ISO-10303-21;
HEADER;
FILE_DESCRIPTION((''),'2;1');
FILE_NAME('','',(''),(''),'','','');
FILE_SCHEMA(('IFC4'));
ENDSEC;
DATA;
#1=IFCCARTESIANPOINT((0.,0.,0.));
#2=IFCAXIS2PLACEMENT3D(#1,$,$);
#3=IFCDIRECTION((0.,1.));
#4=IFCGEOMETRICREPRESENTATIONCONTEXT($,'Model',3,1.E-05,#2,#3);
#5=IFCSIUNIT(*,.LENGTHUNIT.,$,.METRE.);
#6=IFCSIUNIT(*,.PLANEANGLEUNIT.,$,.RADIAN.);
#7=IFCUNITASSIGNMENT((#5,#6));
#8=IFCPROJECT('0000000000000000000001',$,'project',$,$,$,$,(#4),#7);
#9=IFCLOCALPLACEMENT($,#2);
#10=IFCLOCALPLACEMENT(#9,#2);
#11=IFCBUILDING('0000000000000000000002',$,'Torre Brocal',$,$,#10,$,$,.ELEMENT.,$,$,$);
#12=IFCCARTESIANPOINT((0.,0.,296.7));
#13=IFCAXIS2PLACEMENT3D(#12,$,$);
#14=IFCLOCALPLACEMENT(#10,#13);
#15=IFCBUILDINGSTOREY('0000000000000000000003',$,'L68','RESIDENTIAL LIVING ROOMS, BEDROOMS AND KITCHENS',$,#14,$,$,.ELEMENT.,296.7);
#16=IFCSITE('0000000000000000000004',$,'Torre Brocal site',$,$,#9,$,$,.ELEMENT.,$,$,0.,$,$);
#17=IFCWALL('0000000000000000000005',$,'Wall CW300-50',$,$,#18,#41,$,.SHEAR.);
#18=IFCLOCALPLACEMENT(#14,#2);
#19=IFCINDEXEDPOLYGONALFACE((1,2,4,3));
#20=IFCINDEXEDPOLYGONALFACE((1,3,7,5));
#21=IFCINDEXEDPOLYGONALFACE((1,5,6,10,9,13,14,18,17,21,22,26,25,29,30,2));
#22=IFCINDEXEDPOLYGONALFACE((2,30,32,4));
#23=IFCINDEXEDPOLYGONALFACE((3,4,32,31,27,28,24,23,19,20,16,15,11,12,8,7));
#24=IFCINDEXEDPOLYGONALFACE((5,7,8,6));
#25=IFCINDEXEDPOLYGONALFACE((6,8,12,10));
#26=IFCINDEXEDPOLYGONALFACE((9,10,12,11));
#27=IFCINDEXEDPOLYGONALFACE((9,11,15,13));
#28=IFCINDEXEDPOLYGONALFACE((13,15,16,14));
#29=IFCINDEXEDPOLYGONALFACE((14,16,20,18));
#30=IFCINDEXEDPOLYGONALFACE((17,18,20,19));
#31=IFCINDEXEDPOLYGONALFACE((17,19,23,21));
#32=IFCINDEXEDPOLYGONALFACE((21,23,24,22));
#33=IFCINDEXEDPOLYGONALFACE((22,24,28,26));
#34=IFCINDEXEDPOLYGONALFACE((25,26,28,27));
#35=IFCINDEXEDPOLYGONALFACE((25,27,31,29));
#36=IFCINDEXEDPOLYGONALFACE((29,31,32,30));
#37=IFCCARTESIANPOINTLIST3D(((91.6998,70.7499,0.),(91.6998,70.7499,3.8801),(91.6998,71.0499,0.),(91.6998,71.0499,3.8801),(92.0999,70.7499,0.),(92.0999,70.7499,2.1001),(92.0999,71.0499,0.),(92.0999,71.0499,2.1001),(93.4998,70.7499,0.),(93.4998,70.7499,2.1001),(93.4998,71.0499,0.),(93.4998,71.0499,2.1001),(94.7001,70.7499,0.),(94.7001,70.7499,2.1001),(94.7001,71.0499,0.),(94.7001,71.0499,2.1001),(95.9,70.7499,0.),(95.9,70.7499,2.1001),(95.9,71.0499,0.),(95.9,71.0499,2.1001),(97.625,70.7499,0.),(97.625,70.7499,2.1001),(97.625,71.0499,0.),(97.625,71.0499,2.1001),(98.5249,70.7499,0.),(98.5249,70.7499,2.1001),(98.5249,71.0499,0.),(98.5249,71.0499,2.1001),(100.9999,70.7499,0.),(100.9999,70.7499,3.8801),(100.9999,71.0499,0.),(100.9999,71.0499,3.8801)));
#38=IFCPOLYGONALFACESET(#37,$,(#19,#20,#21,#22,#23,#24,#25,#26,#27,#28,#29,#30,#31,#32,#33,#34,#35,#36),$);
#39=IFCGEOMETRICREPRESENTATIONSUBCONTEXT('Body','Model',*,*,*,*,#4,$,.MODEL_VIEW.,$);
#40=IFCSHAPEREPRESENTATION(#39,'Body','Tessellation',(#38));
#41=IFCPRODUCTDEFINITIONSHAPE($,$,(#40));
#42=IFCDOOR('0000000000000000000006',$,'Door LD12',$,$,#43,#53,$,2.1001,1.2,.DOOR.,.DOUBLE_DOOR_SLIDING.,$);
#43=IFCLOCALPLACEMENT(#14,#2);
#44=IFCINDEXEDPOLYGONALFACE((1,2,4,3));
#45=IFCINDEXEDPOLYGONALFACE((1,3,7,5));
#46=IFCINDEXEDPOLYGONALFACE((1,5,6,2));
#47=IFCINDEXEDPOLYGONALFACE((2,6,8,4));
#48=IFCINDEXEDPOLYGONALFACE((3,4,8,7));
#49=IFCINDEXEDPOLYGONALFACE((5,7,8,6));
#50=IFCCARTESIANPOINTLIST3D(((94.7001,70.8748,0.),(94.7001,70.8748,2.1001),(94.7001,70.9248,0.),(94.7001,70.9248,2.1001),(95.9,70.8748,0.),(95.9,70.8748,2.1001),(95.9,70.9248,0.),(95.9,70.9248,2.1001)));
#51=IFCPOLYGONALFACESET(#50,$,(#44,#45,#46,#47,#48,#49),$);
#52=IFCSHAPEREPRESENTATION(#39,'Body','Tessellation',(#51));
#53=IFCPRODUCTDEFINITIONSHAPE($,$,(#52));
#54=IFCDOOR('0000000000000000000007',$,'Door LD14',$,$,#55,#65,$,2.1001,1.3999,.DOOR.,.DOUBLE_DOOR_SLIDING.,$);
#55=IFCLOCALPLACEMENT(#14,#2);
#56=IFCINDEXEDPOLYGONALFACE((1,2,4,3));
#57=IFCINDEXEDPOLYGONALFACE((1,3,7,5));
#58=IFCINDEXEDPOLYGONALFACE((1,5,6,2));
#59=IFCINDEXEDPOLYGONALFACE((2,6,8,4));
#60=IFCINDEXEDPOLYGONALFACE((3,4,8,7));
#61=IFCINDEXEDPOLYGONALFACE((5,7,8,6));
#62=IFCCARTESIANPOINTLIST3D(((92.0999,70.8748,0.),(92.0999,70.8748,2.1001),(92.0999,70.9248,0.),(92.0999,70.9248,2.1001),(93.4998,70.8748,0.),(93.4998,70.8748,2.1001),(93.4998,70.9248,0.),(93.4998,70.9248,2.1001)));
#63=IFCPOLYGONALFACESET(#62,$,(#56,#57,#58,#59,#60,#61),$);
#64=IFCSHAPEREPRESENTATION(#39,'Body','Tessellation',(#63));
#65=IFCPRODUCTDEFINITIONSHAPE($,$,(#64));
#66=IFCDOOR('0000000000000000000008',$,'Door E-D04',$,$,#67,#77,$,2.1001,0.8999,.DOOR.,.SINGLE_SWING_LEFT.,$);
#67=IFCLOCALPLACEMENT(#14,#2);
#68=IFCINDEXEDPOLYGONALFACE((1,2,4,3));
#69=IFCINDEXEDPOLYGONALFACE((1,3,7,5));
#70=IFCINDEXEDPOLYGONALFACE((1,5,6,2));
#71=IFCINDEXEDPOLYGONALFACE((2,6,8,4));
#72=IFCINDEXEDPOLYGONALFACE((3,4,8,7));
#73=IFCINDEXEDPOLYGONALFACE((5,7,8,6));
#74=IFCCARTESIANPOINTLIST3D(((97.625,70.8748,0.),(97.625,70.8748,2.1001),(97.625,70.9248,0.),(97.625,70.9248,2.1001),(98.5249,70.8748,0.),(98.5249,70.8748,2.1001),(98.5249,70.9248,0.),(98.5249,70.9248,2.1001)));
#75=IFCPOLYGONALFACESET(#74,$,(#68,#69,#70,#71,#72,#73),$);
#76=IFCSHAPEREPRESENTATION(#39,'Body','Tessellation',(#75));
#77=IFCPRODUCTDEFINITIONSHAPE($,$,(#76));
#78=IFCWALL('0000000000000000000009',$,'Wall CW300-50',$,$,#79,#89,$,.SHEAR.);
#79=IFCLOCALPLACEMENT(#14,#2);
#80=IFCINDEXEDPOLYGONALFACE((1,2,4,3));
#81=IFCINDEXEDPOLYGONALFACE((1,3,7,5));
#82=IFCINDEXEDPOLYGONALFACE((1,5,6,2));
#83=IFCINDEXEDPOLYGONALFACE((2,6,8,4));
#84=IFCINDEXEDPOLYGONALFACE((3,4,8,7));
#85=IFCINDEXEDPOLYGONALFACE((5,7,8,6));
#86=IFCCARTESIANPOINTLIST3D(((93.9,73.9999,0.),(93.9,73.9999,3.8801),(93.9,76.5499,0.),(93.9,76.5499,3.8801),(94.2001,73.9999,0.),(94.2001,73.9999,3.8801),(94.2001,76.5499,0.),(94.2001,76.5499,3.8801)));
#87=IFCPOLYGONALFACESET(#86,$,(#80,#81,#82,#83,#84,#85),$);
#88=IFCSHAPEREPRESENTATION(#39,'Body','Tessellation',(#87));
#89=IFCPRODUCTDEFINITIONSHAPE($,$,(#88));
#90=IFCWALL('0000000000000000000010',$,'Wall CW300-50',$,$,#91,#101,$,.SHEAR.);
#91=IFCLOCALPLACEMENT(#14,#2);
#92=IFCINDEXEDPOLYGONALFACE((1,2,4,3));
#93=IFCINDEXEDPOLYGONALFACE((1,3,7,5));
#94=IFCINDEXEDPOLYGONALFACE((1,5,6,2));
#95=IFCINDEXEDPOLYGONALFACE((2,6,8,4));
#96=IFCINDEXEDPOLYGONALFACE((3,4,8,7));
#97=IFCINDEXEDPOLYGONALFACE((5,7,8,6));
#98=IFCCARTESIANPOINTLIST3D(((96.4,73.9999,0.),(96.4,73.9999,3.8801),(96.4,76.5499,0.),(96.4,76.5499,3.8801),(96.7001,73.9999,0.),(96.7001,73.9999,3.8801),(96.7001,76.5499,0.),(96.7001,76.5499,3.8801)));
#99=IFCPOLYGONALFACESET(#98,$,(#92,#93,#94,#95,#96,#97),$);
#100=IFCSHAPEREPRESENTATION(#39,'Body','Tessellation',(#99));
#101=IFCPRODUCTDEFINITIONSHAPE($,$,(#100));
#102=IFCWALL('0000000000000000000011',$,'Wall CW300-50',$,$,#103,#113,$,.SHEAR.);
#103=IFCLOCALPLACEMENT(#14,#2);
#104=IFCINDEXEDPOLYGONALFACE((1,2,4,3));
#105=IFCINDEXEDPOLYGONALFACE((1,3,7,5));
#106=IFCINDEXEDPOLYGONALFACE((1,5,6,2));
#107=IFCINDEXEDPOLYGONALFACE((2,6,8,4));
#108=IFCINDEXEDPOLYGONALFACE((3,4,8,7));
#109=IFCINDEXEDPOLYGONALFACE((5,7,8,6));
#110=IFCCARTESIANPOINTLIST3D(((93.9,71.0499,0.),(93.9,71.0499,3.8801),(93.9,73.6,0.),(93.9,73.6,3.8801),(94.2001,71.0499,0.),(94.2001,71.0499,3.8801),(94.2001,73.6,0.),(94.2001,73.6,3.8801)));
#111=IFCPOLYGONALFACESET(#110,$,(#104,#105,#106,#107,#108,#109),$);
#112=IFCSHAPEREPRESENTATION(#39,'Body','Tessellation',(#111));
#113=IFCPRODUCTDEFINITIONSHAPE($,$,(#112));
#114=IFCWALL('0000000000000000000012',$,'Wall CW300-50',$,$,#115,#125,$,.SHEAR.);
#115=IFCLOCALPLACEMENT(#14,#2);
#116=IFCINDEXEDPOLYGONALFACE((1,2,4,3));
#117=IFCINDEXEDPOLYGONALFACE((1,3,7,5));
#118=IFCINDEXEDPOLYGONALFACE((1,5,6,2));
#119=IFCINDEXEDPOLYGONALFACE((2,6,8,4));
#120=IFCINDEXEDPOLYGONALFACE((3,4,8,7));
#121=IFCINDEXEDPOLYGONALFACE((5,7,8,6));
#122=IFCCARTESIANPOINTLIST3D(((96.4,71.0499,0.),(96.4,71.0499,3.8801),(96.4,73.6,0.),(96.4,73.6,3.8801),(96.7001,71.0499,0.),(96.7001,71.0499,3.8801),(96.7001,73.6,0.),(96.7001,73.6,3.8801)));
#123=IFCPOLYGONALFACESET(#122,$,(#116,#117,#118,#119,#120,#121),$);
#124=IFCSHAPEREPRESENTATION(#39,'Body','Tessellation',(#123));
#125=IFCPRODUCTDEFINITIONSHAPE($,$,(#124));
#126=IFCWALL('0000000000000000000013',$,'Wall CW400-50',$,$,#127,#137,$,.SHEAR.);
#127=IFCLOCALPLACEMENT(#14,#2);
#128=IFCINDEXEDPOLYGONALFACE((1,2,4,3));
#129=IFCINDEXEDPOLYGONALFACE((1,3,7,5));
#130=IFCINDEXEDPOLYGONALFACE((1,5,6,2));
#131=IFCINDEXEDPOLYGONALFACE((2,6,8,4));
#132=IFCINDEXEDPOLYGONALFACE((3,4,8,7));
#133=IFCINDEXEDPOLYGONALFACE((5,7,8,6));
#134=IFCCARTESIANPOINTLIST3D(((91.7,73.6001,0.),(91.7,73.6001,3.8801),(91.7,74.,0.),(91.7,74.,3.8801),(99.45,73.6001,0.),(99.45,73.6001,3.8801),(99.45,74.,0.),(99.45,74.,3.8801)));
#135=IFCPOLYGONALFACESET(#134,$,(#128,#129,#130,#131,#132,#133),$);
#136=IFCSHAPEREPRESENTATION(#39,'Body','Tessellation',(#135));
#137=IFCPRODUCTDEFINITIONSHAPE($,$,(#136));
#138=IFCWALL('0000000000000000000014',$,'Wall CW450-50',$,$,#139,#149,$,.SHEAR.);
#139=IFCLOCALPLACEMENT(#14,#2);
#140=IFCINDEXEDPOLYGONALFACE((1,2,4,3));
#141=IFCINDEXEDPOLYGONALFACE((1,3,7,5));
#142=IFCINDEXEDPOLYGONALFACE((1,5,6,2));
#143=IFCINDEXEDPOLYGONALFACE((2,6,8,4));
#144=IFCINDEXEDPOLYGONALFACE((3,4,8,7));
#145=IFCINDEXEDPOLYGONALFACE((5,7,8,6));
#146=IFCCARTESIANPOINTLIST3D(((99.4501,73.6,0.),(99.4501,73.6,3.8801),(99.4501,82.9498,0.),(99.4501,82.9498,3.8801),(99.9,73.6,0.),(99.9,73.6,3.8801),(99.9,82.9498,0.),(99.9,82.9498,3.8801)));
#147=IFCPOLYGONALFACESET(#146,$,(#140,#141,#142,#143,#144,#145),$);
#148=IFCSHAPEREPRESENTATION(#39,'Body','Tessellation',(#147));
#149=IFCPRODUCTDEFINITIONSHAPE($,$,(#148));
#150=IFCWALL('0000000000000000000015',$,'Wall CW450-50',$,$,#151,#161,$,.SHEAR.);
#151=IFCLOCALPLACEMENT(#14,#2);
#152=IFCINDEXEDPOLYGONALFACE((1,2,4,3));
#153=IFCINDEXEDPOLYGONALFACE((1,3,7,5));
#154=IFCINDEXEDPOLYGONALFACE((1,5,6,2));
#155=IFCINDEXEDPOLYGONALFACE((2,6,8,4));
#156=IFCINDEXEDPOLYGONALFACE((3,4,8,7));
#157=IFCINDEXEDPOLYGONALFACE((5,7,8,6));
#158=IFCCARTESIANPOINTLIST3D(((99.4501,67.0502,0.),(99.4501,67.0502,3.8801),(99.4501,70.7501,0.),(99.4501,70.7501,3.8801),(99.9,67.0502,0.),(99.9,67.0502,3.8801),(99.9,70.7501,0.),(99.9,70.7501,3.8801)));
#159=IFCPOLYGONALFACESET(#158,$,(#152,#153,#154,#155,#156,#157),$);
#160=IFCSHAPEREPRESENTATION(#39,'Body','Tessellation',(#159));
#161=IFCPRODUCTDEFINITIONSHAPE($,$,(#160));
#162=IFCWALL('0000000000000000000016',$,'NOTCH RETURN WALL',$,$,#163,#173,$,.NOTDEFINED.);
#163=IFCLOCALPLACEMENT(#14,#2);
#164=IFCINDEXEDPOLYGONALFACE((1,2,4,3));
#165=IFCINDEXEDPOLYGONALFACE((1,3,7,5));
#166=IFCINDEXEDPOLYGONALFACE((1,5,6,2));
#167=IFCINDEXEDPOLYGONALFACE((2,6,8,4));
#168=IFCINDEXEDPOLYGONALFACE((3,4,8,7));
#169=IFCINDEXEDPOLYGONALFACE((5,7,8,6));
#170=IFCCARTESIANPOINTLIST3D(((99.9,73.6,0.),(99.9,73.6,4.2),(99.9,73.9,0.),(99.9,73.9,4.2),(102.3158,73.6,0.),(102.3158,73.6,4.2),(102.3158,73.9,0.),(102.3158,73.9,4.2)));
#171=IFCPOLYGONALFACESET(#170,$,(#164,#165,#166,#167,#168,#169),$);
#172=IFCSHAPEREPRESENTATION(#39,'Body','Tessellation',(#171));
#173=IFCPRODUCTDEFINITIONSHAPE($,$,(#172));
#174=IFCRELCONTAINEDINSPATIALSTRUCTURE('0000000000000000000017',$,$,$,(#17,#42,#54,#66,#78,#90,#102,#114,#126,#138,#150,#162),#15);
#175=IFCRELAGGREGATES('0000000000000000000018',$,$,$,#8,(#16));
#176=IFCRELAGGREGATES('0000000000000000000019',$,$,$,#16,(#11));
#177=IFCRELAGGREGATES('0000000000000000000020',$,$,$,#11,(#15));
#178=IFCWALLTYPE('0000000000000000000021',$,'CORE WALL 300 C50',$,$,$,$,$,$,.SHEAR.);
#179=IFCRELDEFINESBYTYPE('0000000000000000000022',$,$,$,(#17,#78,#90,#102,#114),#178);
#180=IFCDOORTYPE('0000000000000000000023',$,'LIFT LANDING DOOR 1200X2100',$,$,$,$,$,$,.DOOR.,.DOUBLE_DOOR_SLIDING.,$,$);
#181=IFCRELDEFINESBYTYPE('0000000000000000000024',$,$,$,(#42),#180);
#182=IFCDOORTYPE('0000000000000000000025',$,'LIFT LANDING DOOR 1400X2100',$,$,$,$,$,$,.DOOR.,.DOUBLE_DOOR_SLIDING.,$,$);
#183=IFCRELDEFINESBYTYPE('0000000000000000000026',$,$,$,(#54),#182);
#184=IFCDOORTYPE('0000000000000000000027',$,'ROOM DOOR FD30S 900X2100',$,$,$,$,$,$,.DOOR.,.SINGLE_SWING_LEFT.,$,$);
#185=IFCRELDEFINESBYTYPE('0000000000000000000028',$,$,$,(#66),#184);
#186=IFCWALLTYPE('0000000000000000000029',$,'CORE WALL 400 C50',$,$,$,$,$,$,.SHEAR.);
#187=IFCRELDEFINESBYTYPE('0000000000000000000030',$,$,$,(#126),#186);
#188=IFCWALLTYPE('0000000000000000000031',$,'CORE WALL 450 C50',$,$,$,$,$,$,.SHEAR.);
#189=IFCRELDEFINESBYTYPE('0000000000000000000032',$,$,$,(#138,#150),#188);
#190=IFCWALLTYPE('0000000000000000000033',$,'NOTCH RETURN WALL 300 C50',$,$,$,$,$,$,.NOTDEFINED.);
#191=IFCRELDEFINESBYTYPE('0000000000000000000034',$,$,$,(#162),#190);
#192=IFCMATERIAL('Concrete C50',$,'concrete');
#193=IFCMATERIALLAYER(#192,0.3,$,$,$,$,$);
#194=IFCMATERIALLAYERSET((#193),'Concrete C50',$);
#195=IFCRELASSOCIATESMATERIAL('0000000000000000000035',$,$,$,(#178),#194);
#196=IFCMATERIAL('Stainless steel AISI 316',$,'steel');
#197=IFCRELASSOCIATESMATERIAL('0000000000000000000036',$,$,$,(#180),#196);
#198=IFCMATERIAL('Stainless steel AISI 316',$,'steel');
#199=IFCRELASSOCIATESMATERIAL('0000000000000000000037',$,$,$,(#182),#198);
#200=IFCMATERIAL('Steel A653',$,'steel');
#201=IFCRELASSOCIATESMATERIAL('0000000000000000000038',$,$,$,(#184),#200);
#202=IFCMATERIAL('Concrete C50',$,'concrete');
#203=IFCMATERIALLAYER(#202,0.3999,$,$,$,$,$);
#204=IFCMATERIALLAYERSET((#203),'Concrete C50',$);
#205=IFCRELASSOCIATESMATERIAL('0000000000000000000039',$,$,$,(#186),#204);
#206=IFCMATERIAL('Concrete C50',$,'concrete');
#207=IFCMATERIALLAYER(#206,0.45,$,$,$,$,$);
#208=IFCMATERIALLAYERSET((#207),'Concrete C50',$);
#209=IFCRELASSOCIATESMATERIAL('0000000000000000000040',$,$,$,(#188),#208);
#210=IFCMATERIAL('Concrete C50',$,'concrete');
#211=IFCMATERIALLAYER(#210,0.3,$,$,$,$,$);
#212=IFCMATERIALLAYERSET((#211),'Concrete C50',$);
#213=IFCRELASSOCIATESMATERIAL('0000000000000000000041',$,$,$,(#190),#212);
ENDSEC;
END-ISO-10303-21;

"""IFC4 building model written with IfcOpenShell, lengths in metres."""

from ifc_helpers import new_model, si_unit, direction, frame, frame_2d, origin, place, context, subcontext, project, spatial, rectangle, extrude, material, layer, layer_set, type_object, element, fill, save


model = new_model("IFC4")

# Units and contexts
model_context = context("Model", 3, precision=1e-05, world=origin(), true_north=direction((0.0, 1.0)))
body_context = subcontext(model_context, "Body", "Model", "MODEL_VIEW")
ifc_project = project(units=[si_unit("LENGTHUNIT", "METRE"), si_unit("PLANEANGLEUNIT", "RADIAN")], contexts=[model_context])

# Site, building, storey
site_placement = place(None, origin())
site = spatial("IfcSite", under=ifc_project, at=site_placement, Name="Torre Brocal site", CompositionType="ELEMENT", RefElevation=0.0)
building_placement = place(site_placement, origin())
building = spatial("IfcBuilding", under=site, at=building_placement, Name="Torre Brocal", CompositionType="ELEMENT")
storey_placement = place(building_placement, frame((0.0, 0.0, 296.7)))
storey = spatial("IfcBuildingStorey", under=building, at=storey_placement, Name="L68", Description="RESIDENTIAL LIVING ROOMS, BEDROOMS AND KITCHENS", CompositionType="ELEMENT", Elevation=296.7)

# Shared definitions
ifc_material_1 = material(Name="Concrete C50", Category="concrete")
ifc_layer_1 = layer(ifc_material_1, 0.3)
ifc_layer_set_1 = layer_set([ifc_layer_1], Name="Concrete C50")
wall_type_1 = type_object("IfcWallType", Name="CORE WALL 300 C50", PredefinedType="SHEAR", material=ifc_layer_set_1)

# Wall, openings, doors
wall_1_placement = place(storey_placement, frame((91.7, 70.8999, 0.0), z_axis=(0.0, 0.0, 1.0), x_axis=(1.0, 0.0, 0.0)))
wall_1 = element("IfcWall", 1, at=wall_1_placement, inside=storey, type_object=wall_type_1, Name="Wall CW300-50", PredefinedType="SHEAR", context=body_context, shape_type="SweptSolid", body=[
    extrude(rectangle(XDim=9.3, YDim=0.3, at=frame_2d((4.6499, 0.0))), origin(), (0.0, 0.0, 1.0), 3.8801),
])
opening_1_placement = place(wall_1_placement, frame((0.3999, 0.0, 0.0)))
opening_1 = element("IfcOpeningElement", 2, at=opening_1_placement, cuts=wall_1, PredefinedType="OPENING", context=body_context, shape_type="SweptSolid", body=[
    extrude(rectangle(XDim=1.3999, YDim=2.1001, at=frame_2d((0.7, 1.05))), frame((0.0, 0.1599, 0.0), z_axis=(0.0, -1.0, 0.0), x_axis=(1.0, 0.0, 0.0)), (0.0, 0.0, 1.0), 0.3201),
])
opening_2_placement = place(wall_1_placement, frame((3.0, 0.0, 0.0)))
opening_2 = element("IfcOpeningElement", 3, at=opening_2_placement, cuts=wall_1, PredefinedType="OPENING", context=body_context, shape_type="SweptSolid", body=[
    extrude(rectangle(XDim=1.2, YDim=2.1001, at=frame_2d((0.6001, 1.05))), frame((0.0, 0.1599, 0.0), z_axis=(0.0, -1.0, 0.0), x_axis=(1.0, 0.0, 0.0)), (0.0, 0.0, 1.0), 0.3201),
])
opening_3_placement = place(wall_1_placement, frame((5.925, 0.0, 0.0)))
opening_3 = element("IfcOpeningElement", 4, at=opening_3_placement, cuts=wall_1, PredefinedType="OPENING", context=body_context, shape_type="SweptSolid", body=[
    extrude(rectangle(XDim=0.8999, YDim=2.1001, at=frame_2d((0.45, 1.05))), frame((0.0, 0.1599, 0.0), z_axis=(0.0, -1.0, 0.0), x_axis=(1.0, 0.0, 0.0)), (0.0, 0.0, 1.0), 0.3201),
])
ifc_material_2 = material(Name="Stainless steel AISI 316", Category="steel")
door_type_1 = type_object("IfcDoorType", Name="LIFT LANDING DOOR 1200X2100", OperationType="DOUBLE_DOOR_SLIDING", PredefinedType="DOOR", material=ifc_material_2)
door_1_placement = place(opening_2_placement, origin())
door_1 = element("IfcDoor", 5, at=door_1_placement, inside=storey, type_object=door_type_1, Name="Door LD12", OperationType="DOUBLE_DOOR_SLIDING", OverallHeight=2.1001, OverallWidth=1.2, PredefinedType="DOOR", context=body_context, shape_type="SweptSolid", body=[
    extrude(rectangle(XDim=1.2, YDim=2.1001, at=frame_2d((0.6001, 1.05))), frame((0.0, 0.0249, 0.0), z_axis=(0.0, -1.0, 0.0), x_axis=(1.0, 0.0, 0.0)), (0.0, 0.0, 1.0), 0.05),
])
fill(opening_2, door_1)
ifc_material_3 = material(Name="Stainless steel AISI 316", Category="steel")
door_type_2 = type_object("IfcDoorType", Name="LIFT LANDING DOOR 1400X2100", OperationType="DOUBLE_DOOR_SLIDING", PredefinedType="DOOR", material=ifc_material_3)
door_2_placement = place(opening_1_placement, origin())
door_2 = element("IfcDoor", 6, at=door_2_placement, inside=storey, type_object=door_type_2, Name="Door LD14", OperationType="DOUBLE_DOOR_SLIDING", OverallHeight=2.1001, OverallWidth=1.3999, PredefinedType="DOOR", context=body_context, shape_type="SweptSolid", body=[
    extrude(rectangle(XDim=1.3999, YDim=2.1001, at=frame_2d((0.7, 1.05))), frame((0.0, 0.0249, 0.0), z_axis=(0.0, -1.0, 0.0), x_axis=(1.0, 0.0, 0.0)), (0.0, 0.0, 1.0), 0.05),
])
fill(opening_1, door_2)
ifc_material_4 = material(Name="Steel A653", Category="steel")
door_type_3 = type_object("IfcDoorType", Name="ROOM DOOR FD30S 900X2100", OperationType="SINGLE_SWING_LEFT", PredefinedType="DOOR", material=ifc_material_4)
door_3_placement = place(opening_3_placement, origin())
door_3 = element("IfcDoor", 7, at=door_3_placement, inside=storey, type_object=door_type_3, Name="Door E-D04", OperationType="SINGLE_SWING_LEFT", OverallHeight=2.1001, OverallWidth=0.8999, PredefinedType="DOOR", context=body_context, shape_type="SweptSolid", body=[
    extrude(rectangle(XDim=0.8999, YDim=2.1001, at=frame_2d((0.45, 1.05))), frame((0.0, 0.0249, 0.0), z_axis=(0.0, -1.0, 0.0), x_axis=(1.0, 0.0, 0.0)), (0.0, 0.0, 1.0), 0.05),
])
fill(opening_3, door_3)

# Walls
for number, where, z_axis, x_axis, name in (
    (8, (94.05, 74.0, 0.0), (0.0, 0.0, 1.0), (0.0, 1.0, 0.0), "Wall CW300-50"),
    (9, (96.55, 74.0, 0.0), (0.0, 0.0, 1.0), (0.0, 1.0, 0.0), "Wall CW300-50"),
    (10, (94.05, 71.05, 0.0), (0.0, 0.0, 1.0), (0.0, 1.0, 0.0), "Wall CW300-50"),
    (11, (96.55, 71.05, 0.0), (0.0, 0.0, 1.0), (0.0, 1.0, 0.0), "Wall CW300-50"),
):
    element("IfcWall", number, at=place(storey_placement, frame(where, z_axis=z_axis, x_axis=x_axis)), inside=storey, type_object=wall_type_1, Name=name, PredefinedType="SHEAR", context=body_context, shape_type="SweptSolid", body=[
        extrude(rectangle(XDim=2.55, YDim=0.3, at=frame_2d((1.2749, 0.0))), origin(), (0.0, 0.0, 1.0), 3.8801),
    ])
ifc_material_5 = material(Name="Concrete C50", Category="concrete")
ifc_layer_2 = layer(ifc_material_5, 0.3999)
ifc_layer_set_2 = layer_set([ifc_layer_2], Name="Concrete C50")
wall_type_2 = type_object("IfcWallType", Name="CORE WALL 400 C50", PredefinedType="SHEAR", material=ifc_layer_set_2)
wall_2_placement = place(storey_placement, frame((91.7, 73.8, 0.0), z_axis=(0.0, 0.0, 1.0), x_axis=(1.0, 0.0, 0.0)))
element("IfcWall", 12, at=wall_2_placement, inside=storey, type_object=wall_type_2, Name="Wall CW400-50", PredefinedType="SHEAR", context=body_context, shape_type="SweptSolid", body=[
    extrude(rectangle(XDim=7.75, YDim=0.3999, at=frame_2d((3.875, 0.0))), origin(), (0.0, 0.0, 1.0), 3.8801),
])
ifc_material_6 = material(Name="Concrete C50", Category="concrete")
ifc_layer_3 = layer(ifc_material_6, 0.45)
ifc_layer_set_3 = layer_set([ifc_layer_3], Name="Concrete C50")
wall_type_3 = type_object("IfcWallType", Name="CORE WALL 450 C50", PredefinedType="SHEAR", material=ifc_layer_set_3)
wall_3_placement = place(storey_placement, frame((99.675, 73.6001, 0.0), z_axis=(0.0, 0.0, 1.0), x_axis=(0.0, 1.0, 0.0)))
element("IfcWall", 13, at=wall_3_placement, inside=storey, type_object=wall_type_3, Name="Wall CW450-50", PredefinedType="SHEAR", context=body_context, shape_type="SweptSolid", body=[
    extrude(rectangle(XDim=9.3499, YDim=0.45, at=frame_2d((4.6748, 0.0))), origin(), (0.0, 0.0, 1.0), 3.8801),
])
wall_4_placement = place(storey_placement, frame((99.675, 67.05, 0.0), z_axis=(0.0, 0.0, 1.0), x_axis=(0.0, 1.0, 0.0)))
element("IfcWall", 14, at=wall_4_placement, inside=storey, type_object=wall_type_3, Name="Wall CW450-50", PredefinedType="SHEAR", context=body_context, shape_type="SweptSolid", body=[
    extrude(rectangle(XDim=3.7, YDim=0.45, at=frame_2d((1.8501, 0.0))), origin(), (0.0, 0.0, 1.0), 3.8801),
])
ifc_material_7 = material(Name="Concrete C50", Category="concrete")
ifc_layer_4 = layer(ifc_material_7, 0.3)
ifc_layer_set_4 = layer_set([ifc_layer_4], Name="Concrete C50")
wall_type_4 = type_object("IfcWallType", Name="NOTCH RETURN WALL 300 C50", PredefinedType="NOTDEFINED", material=ifc_layer_set_4)
wall_5_placement = place(storey_placement, frame((99.8999, 73.75, 0.0), z_axis=(0.0, 0.0, 1.0), x_axis=(1.0, 0.0, 0.0)))
element("IfcWall", 15, at=wall_5_placement, inside=storey, type_object=wall_type_4, Name="NOTCH RETURN WALL", PredefinedType="NOTDEFINED", context=body_context, shape_type="SweptSolid", body=[
    extrude(rectangle(XDim=2.4158, YDim=0.3, at=frame_2d((1.208, 0.0))), origin(), (0.0, 0.0, 1.0), 4.2),
])

save(model, "model.ifc")
